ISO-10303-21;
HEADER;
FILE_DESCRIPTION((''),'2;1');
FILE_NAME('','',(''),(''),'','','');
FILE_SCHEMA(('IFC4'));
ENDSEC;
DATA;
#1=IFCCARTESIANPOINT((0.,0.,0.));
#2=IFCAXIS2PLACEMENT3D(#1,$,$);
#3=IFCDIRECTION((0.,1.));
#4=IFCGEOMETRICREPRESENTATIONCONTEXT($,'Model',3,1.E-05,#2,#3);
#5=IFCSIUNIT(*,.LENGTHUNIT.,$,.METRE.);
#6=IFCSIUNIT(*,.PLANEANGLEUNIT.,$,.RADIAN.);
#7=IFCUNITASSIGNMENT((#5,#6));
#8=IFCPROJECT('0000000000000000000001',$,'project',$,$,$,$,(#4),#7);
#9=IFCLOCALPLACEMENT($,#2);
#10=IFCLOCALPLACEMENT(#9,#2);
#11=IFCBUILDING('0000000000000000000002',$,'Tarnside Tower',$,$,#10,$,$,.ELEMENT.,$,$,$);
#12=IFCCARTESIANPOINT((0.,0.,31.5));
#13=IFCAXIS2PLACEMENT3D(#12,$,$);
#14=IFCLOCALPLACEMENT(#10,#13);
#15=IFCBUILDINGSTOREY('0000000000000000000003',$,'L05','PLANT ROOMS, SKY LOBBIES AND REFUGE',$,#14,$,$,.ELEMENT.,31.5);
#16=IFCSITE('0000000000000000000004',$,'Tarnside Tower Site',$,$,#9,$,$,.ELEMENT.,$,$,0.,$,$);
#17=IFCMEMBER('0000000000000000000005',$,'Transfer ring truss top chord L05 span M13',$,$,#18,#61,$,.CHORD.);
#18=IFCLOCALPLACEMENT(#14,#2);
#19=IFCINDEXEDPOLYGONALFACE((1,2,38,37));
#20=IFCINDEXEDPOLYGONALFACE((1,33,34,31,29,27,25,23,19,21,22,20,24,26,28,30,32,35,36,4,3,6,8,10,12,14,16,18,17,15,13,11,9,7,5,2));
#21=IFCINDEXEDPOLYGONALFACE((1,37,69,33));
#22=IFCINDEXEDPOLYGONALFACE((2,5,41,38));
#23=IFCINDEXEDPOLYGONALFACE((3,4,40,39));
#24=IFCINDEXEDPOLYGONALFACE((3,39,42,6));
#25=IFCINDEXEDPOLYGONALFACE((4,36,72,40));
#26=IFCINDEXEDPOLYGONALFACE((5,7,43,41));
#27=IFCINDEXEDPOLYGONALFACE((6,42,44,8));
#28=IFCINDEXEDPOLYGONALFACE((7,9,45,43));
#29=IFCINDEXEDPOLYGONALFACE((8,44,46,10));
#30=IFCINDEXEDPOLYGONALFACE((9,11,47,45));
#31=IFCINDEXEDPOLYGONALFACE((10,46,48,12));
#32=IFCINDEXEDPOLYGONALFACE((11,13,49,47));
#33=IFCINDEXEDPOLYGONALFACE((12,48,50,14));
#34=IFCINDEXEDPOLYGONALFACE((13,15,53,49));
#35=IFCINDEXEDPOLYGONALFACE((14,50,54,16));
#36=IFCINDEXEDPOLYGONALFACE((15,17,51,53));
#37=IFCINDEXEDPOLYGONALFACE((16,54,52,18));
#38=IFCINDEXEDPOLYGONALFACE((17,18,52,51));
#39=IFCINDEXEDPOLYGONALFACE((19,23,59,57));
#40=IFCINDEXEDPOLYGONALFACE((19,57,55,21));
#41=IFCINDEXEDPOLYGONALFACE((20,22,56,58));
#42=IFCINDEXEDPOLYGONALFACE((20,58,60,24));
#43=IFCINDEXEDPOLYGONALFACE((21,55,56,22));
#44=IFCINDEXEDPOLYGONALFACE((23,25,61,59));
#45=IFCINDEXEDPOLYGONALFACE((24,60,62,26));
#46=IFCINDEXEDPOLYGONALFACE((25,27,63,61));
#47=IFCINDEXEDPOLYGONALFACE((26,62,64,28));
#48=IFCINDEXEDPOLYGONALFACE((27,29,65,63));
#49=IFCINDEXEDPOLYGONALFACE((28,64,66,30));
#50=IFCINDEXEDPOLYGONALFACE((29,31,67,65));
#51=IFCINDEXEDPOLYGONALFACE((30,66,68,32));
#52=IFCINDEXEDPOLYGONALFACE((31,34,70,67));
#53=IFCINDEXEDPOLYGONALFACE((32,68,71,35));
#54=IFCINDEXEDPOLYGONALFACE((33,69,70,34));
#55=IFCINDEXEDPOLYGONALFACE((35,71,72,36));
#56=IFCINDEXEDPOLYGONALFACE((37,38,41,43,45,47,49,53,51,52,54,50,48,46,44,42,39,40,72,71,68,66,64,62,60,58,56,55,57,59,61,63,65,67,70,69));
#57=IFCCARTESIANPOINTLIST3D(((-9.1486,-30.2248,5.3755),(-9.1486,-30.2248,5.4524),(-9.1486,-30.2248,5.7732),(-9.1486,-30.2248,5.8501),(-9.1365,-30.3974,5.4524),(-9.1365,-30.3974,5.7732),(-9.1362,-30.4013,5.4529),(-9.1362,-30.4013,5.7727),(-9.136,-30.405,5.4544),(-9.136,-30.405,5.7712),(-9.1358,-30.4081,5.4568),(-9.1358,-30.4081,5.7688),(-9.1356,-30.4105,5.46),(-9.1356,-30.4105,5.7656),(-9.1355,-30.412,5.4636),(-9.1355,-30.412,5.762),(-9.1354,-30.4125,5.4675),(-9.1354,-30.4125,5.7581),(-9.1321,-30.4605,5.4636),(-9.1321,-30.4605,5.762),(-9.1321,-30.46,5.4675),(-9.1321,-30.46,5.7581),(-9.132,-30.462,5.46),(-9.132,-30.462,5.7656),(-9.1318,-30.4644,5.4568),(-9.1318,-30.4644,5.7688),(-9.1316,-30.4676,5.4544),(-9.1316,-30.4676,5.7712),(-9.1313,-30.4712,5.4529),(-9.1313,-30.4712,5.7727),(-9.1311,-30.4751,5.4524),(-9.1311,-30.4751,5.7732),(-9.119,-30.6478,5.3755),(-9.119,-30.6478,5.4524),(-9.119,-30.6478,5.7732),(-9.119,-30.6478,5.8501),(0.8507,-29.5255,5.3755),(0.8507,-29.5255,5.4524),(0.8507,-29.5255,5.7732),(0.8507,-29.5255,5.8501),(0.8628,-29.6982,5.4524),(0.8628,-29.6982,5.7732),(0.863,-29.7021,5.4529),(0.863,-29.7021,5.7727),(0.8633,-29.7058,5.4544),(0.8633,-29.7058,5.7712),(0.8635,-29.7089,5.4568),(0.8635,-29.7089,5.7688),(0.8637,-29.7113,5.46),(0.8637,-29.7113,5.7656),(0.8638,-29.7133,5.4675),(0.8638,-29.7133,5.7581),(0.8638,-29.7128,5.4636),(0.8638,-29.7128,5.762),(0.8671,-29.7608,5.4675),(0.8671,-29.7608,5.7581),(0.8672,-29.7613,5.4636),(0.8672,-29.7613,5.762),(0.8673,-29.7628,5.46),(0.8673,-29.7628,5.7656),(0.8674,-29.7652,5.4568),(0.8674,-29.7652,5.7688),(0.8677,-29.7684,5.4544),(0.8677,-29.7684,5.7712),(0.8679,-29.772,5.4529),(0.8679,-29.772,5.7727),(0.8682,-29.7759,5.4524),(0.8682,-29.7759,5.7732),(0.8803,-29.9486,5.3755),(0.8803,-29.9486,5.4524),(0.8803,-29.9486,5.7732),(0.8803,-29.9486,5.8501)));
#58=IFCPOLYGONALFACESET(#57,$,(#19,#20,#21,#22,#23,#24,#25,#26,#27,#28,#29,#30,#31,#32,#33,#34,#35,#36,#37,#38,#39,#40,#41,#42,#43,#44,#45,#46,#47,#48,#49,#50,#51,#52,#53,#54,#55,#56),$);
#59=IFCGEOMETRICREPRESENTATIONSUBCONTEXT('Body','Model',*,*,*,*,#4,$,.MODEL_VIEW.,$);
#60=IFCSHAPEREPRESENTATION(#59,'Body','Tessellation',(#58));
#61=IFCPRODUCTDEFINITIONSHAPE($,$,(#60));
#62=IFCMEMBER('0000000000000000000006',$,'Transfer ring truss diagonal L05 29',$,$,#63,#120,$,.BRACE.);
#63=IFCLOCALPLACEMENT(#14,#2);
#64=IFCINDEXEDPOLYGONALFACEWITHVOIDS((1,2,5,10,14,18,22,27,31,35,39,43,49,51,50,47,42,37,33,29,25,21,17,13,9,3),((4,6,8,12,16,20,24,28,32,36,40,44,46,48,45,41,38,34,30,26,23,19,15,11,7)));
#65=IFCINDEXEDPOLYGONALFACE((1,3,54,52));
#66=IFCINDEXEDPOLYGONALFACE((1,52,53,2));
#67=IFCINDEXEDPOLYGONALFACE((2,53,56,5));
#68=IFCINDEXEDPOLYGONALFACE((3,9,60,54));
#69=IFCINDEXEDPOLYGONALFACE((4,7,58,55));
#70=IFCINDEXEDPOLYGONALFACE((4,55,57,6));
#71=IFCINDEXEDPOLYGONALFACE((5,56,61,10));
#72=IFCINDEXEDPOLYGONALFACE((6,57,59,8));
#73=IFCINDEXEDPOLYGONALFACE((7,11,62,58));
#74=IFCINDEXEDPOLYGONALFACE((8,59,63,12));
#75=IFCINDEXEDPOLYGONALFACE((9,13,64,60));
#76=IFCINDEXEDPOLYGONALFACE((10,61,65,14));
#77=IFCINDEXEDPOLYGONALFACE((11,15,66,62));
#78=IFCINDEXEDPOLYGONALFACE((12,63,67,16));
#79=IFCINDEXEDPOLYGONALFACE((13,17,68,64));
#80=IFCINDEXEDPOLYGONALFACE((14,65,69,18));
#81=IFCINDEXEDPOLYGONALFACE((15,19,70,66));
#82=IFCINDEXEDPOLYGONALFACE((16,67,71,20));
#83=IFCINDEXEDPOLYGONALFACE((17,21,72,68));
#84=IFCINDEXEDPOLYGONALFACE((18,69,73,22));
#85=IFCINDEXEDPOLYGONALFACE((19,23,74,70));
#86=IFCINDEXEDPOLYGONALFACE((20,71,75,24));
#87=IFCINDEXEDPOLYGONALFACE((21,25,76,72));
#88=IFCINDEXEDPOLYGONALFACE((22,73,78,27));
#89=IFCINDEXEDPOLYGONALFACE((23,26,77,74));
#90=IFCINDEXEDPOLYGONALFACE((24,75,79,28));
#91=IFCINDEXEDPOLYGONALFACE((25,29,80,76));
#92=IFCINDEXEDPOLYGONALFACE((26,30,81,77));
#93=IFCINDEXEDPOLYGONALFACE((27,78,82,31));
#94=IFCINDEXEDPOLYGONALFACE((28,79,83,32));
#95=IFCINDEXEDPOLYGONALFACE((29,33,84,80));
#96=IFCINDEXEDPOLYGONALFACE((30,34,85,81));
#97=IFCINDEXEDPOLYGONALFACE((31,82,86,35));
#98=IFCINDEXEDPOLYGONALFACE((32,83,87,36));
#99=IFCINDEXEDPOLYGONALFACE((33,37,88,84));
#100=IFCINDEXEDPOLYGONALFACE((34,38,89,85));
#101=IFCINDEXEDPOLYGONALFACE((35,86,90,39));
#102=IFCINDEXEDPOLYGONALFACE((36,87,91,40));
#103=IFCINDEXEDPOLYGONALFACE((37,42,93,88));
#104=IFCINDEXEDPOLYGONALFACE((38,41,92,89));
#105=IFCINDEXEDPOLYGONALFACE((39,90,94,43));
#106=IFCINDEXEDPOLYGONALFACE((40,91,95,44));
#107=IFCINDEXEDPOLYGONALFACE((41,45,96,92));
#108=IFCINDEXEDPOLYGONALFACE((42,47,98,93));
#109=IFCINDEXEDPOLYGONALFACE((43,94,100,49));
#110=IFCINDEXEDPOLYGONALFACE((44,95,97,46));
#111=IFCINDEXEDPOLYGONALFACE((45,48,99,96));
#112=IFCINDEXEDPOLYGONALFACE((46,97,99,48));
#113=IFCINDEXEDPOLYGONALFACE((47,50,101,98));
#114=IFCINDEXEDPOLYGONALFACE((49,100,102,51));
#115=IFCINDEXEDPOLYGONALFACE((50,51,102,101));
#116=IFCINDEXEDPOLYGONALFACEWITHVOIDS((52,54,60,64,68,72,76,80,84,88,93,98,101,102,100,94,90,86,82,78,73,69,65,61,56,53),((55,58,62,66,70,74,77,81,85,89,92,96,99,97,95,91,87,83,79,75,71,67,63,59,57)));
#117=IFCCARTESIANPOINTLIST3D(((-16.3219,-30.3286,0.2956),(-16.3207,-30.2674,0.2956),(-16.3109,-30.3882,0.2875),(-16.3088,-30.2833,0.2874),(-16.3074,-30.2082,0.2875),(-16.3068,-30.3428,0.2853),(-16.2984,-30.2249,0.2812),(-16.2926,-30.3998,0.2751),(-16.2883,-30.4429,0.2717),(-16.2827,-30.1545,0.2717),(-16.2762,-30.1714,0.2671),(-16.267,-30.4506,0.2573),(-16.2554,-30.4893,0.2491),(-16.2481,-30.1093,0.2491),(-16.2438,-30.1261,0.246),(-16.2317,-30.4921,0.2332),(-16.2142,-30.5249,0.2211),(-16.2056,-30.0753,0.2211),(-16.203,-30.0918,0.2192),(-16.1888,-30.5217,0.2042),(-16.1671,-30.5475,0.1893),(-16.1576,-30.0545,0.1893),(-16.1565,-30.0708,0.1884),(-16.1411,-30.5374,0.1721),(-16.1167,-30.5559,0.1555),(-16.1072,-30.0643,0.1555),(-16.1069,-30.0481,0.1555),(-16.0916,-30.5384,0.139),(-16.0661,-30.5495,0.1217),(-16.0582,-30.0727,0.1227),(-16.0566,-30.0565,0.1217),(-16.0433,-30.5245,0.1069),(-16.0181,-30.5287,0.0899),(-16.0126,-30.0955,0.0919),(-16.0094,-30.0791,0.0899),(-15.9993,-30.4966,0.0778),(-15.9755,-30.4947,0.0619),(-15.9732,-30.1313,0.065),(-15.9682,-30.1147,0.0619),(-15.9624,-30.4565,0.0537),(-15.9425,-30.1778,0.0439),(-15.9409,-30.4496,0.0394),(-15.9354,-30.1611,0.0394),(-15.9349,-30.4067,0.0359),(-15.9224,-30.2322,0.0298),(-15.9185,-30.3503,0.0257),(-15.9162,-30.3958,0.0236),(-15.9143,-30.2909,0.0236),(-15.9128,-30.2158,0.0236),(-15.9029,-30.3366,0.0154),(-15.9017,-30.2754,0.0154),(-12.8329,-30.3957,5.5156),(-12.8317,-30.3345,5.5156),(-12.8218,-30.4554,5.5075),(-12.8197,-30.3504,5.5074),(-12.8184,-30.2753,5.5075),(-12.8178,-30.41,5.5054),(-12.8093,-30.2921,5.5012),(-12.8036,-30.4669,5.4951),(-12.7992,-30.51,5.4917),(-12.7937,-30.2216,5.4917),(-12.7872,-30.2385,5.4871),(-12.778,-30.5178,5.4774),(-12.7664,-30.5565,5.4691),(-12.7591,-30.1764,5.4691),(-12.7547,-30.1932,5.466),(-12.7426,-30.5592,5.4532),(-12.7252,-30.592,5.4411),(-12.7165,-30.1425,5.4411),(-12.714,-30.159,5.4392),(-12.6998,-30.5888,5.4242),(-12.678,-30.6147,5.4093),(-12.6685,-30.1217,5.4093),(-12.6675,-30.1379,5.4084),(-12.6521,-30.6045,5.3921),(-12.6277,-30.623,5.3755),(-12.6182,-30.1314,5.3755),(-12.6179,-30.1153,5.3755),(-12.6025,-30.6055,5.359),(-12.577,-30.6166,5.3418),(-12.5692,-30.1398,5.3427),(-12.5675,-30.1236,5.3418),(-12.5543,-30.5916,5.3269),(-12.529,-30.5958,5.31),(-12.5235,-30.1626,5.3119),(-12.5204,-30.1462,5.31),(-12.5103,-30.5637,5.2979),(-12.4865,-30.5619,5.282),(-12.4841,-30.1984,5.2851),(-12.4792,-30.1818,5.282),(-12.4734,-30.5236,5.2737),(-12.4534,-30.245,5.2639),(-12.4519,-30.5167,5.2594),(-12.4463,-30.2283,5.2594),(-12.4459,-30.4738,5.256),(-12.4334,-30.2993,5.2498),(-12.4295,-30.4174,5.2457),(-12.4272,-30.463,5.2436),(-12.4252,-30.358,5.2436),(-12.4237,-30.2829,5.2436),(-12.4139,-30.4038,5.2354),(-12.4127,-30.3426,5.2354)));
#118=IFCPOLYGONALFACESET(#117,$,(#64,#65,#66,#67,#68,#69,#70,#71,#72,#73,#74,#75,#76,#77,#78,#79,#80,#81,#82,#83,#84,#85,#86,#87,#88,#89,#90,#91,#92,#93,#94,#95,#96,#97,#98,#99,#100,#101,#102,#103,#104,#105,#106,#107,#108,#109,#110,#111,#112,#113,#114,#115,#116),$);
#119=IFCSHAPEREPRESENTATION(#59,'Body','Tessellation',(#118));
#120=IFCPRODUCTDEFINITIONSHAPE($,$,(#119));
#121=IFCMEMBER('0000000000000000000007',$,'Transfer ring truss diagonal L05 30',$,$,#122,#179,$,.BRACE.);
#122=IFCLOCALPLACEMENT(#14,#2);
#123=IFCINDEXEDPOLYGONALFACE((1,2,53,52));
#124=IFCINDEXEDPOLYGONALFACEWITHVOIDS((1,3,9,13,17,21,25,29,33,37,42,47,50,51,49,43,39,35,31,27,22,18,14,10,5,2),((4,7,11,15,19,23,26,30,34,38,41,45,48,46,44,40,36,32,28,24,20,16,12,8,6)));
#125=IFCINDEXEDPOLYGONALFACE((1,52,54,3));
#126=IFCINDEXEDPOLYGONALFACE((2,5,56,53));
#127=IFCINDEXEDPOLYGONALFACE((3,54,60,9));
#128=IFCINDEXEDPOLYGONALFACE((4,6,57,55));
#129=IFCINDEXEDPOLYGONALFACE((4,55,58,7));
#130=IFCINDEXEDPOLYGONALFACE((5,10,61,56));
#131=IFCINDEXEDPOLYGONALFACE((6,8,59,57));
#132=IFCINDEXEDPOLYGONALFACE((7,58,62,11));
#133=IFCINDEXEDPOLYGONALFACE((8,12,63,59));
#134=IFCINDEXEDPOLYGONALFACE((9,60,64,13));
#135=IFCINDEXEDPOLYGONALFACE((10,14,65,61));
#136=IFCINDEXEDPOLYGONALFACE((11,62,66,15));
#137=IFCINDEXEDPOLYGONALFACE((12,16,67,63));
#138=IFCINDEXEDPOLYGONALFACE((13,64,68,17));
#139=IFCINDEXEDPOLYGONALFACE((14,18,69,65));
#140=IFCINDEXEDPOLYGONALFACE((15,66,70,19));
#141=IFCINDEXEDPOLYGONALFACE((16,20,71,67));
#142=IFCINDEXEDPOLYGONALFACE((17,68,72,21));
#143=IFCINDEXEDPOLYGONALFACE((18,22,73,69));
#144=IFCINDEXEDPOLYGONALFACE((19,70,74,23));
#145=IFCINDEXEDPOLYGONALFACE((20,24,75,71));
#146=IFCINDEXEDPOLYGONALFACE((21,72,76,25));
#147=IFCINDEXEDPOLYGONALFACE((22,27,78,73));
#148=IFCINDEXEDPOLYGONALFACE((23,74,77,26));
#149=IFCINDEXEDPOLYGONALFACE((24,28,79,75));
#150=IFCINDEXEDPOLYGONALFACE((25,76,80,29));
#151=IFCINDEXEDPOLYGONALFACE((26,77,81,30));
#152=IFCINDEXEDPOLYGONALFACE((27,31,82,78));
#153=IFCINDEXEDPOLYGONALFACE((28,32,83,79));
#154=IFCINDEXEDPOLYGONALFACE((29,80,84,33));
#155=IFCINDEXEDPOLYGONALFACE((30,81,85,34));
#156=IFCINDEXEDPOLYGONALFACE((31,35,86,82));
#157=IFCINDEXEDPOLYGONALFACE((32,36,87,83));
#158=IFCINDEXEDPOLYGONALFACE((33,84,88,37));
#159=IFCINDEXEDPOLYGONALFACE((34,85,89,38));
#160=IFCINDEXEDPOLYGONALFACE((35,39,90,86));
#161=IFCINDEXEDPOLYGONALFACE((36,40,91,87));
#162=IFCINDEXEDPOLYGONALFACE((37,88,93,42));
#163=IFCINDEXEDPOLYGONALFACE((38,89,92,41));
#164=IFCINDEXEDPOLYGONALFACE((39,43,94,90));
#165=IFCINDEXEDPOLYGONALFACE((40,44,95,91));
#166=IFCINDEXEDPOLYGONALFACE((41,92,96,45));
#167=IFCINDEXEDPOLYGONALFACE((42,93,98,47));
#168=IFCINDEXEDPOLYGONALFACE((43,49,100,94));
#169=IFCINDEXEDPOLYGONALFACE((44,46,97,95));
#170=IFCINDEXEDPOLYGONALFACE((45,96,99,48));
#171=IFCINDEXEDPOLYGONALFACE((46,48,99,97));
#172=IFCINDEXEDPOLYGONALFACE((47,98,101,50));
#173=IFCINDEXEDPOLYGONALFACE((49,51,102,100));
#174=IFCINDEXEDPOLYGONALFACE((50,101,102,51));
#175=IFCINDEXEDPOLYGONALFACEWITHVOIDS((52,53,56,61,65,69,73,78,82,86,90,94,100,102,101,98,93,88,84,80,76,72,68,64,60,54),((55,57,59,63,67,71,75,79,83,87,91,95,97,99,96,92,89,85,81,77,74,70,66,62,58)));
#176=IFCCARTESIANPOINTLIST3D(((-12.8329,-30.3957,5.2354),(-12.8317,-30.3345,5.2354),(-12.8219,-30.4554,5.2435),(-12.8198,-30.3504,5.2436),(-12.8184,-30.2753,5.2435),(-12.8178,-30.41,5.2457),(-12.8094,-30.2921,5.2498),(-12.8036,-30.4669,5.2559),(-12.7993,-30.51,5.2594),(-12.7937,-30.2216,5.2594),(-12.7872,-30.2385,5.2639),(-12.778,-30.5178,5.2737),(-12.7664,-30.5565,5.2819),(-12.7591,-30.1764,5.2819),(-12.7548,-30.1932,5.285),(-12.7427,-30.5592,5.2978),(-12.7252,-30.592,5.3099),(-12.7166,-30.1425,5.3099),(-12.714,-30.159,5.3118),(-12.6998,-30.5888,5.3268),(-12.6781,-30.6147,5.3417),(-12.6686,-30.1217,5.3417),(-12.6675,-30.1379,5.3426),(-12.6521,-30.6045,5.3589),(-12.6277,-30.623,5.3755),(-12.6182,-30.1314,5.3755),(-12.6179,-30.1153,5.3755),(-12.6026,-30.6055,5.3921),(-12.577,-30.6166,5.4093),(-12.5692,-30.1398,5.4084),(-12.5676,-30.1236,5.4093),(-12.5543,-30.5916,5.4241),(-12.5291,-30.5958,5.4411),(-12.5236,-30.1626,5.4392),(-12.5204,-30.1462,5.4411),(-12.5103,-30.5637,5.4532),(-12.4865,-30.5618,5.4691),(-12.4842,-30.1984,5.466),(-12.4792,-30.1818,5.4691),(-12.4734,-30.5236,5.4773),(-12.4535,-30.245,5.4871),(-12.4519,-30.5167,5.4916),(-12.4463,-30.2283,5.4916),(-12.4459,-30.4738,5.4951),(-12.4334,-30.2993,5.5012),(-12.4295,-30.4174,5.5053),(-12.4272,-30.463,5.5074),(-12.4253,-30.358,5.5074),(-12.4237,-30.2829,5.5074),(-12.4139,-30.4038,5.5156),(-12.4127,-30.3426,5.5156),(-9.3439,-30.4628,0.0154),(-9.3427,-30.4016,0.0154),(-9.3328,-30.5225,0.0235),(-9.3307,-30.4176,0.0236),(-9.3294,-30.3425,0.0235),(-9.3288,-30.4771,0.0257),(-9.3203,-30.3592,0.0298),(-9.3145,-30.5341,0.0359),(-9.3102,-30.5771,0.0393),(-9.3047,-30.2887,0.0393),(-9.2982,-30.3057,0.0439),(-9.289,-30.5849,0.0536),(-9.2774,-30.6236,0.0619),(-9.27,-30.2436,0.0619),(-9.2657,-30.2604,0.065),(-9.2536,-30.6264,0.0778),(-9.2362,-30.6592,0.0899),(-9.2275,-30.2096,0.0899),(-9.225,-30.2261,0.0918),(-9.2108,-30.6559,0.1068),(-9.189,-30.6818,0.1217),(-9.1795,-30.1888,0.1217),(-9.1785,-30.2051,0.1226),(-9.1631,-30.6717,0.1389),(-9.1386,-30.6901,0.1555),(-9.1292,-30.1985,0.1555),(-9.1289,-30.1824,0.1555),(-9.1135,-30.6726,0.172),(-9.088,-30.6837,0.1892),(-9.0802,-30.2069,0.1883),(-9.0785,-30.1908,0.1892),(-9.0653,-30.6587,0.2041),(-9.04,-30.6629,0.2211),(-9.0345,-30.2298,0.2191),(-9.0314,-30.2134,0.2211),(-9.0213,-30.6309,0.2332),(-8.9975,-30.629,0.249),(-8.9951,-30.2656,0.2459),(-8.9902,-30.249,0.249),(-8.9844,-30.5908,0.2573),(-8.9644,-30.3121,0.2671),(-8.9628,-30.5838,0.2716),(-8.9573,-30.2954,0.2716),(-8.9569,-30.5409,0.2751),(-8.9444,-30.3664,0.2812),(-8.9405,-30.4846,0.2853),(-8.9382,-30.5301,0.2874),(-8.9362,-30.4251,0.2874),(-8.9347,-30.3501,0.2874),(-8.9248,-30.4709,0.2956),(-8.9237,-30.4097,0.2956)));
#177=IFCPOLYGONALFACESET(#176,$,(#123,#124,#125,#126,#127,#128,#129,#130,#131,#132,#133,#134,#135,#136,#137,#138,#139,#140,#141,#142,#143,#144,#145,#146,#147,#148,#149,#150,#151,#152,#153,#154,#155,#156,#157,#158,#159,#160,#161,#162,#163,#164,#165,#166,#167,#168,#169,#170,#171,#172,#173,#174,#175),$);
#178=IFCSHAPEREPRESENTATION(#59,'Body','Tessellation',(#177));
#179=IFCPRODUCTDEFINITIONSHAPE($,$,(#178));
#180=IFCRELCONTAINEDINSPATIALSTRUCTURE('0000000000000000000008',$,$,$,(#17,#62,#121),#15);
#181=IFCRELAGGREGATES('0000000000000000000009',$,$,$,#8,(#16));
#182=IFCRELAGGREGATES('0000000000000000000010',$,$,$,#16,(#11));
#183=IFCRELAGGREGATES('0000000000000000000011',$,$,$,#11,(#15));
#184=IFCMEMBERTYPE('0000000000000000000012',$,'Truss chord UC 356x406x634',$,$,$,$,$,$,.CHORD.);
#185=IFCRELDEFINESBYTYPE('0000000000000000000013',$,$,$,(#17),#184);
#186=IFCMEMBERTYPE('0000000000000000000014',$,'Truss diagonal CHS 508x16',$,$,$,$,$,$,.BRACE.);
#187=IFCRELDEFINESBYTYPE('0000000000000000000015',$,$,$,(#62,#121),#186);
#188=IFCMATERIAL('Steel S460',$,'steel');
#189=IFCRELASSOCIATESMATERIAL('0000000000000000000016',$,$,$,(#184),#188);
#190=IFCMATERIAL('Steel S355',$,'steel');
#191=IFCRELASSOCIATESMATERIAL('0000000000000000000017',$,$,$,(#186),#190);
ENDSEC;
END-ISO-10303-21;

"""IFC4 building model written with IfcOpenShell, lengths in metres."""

from ifc_helpers import new_model, si_unit, direction, frame, origin, origin_2d, place, context, subcontext, project, spatial, hollow_circle, i_section, extrude, material, material_profile, profile_set, type_object, element, save


model = new_model("IFC4")

# Units and contexts
model_context = context("Model", 3, precision=1e-05, world=origin(), true_north=direction((0.0, 1.0)))
body_context = subcontext(model_context, "Body", "Model", "MODEL_VIEW")
ifc_project = project(units=[si_unit("LENGTHUNIT", "METRE"), si_unit("PLANEANGLEUNIT", "RADIAN")], contexts=[model_context])

# Site, building, storey
site_placement = place(None, origin())
site = spatial("IfcSite", under=ifc_project, at=site_placement, Name="Tarnside Tower Site", CompositionType="ELEMENT", RefElevation=0.0)
building_placement = place(site_placement, origin())
building = spatial("IfcBuilding", under=site, at=building_placement, Name="Tarnside Tower", CompositionType="ELEMENT")
storey_placement = place(building_placement, frame((0.0, 0.0, 31.5)))
storey = spatial("IfcBuildingStorey", under=building, at=storey_placement, Name="L05", Description="PLANT ROOMS, SKY LOBBIES AND REFUGE", CompositionType="ELEMENT", Elevation=31.5)

# Shared definitions
ifc_material_1 = material(Name="Steel S355", Category="steel")

# Members
ifc_material_2 = material(Name="Steel S460", Category="steel")
ifc_material_profile_1 = material_profile(ifc_material_2, i_section(OverallWidth=0.4241, OverallDepth=0.4746, WebThickness=0.0476, FlangeThickness=0.0769, FilletRadius=0.0151, at=origin_2d()), Name="UC 356x406x634")
ifc_profile_set_1 = profile_set([ifc_material_profile_1], Name="Steel S460")
member_type_1 = type_object("IfcMemberType", Name="Truss chord UC 356x406x634", PredefinedType="CHORD", material=ifc_profile_set_1)
member_1_placement = place(storey_placement, frame((-9.1338, -30.4363, 5.6128), z_axis=(0.997564, 0.069757, 0.0), x_axis=(-0.069757, 0.997564, 0.0)))
element("IfcMember", 1, at=member_1_placement, inside=storey, type_object=member_type_1, Name="Transfer ring truss top chord L05 span M13", PredefinedType="CHORD", context=body_context, shape_type="SweptSolid", body=[
    extrude(i_section(OverallWidth=0.4241, OverallDepth=0.4746, WebThickness=0.0476, FlangeThickness=0.0769, FilletRadius=0.0151, at=origin_2d()), origin(), (0.0, 0.0, 1.0), 10.0237),
])
ifc_material_profile_2 = material_profile(ifc_material_1, hollow_circle(Radius=0.2539, WallThickness=0.0161, at=origin_2d()), Name="CHS 508x16")
ifc_profile_set_2 = profile_set([ifc_material_profile_2], Name="Steel S355")
member_type_2 = type_object("IfcMemberType", Name="Truss diagonal CHS 508x16", PredefinedType="BRACE", material=ifc_profile_set_2)
for number, where, z_axis, x_axis, name in (
    (2, (-16.1118, -30.302, 0.1555), (0.555664, -0.010693, 0.831338), (0.019239, 0.999815, 0.0), "Transfer ring truss diagonal L05 29"),
    (3, (-12.6228, -30.3691, 5.3755), (0.555664, -0.010693, -0.831338), (0.019239, 0.999815, 0.0), "Transfer ring truss diagonal L05 30"),
):
    element("IfcMember", number, at=place(storey_placement, frame(where, z_axis=z_axis, x_axis=x_axis)), inside=storey, type_object=member_type_2, Name=name, PredefinedType="BRACE", context=body_context, shape_type="SweptSolid", body=[
        extrude(hollow_circle(Radius=0.2539, WallThickness=0.0161, at=origin_2d()), origin(), (0.0, 0.0, 1.0), 6.2791),
    ])

save(model, "model.ifc")
